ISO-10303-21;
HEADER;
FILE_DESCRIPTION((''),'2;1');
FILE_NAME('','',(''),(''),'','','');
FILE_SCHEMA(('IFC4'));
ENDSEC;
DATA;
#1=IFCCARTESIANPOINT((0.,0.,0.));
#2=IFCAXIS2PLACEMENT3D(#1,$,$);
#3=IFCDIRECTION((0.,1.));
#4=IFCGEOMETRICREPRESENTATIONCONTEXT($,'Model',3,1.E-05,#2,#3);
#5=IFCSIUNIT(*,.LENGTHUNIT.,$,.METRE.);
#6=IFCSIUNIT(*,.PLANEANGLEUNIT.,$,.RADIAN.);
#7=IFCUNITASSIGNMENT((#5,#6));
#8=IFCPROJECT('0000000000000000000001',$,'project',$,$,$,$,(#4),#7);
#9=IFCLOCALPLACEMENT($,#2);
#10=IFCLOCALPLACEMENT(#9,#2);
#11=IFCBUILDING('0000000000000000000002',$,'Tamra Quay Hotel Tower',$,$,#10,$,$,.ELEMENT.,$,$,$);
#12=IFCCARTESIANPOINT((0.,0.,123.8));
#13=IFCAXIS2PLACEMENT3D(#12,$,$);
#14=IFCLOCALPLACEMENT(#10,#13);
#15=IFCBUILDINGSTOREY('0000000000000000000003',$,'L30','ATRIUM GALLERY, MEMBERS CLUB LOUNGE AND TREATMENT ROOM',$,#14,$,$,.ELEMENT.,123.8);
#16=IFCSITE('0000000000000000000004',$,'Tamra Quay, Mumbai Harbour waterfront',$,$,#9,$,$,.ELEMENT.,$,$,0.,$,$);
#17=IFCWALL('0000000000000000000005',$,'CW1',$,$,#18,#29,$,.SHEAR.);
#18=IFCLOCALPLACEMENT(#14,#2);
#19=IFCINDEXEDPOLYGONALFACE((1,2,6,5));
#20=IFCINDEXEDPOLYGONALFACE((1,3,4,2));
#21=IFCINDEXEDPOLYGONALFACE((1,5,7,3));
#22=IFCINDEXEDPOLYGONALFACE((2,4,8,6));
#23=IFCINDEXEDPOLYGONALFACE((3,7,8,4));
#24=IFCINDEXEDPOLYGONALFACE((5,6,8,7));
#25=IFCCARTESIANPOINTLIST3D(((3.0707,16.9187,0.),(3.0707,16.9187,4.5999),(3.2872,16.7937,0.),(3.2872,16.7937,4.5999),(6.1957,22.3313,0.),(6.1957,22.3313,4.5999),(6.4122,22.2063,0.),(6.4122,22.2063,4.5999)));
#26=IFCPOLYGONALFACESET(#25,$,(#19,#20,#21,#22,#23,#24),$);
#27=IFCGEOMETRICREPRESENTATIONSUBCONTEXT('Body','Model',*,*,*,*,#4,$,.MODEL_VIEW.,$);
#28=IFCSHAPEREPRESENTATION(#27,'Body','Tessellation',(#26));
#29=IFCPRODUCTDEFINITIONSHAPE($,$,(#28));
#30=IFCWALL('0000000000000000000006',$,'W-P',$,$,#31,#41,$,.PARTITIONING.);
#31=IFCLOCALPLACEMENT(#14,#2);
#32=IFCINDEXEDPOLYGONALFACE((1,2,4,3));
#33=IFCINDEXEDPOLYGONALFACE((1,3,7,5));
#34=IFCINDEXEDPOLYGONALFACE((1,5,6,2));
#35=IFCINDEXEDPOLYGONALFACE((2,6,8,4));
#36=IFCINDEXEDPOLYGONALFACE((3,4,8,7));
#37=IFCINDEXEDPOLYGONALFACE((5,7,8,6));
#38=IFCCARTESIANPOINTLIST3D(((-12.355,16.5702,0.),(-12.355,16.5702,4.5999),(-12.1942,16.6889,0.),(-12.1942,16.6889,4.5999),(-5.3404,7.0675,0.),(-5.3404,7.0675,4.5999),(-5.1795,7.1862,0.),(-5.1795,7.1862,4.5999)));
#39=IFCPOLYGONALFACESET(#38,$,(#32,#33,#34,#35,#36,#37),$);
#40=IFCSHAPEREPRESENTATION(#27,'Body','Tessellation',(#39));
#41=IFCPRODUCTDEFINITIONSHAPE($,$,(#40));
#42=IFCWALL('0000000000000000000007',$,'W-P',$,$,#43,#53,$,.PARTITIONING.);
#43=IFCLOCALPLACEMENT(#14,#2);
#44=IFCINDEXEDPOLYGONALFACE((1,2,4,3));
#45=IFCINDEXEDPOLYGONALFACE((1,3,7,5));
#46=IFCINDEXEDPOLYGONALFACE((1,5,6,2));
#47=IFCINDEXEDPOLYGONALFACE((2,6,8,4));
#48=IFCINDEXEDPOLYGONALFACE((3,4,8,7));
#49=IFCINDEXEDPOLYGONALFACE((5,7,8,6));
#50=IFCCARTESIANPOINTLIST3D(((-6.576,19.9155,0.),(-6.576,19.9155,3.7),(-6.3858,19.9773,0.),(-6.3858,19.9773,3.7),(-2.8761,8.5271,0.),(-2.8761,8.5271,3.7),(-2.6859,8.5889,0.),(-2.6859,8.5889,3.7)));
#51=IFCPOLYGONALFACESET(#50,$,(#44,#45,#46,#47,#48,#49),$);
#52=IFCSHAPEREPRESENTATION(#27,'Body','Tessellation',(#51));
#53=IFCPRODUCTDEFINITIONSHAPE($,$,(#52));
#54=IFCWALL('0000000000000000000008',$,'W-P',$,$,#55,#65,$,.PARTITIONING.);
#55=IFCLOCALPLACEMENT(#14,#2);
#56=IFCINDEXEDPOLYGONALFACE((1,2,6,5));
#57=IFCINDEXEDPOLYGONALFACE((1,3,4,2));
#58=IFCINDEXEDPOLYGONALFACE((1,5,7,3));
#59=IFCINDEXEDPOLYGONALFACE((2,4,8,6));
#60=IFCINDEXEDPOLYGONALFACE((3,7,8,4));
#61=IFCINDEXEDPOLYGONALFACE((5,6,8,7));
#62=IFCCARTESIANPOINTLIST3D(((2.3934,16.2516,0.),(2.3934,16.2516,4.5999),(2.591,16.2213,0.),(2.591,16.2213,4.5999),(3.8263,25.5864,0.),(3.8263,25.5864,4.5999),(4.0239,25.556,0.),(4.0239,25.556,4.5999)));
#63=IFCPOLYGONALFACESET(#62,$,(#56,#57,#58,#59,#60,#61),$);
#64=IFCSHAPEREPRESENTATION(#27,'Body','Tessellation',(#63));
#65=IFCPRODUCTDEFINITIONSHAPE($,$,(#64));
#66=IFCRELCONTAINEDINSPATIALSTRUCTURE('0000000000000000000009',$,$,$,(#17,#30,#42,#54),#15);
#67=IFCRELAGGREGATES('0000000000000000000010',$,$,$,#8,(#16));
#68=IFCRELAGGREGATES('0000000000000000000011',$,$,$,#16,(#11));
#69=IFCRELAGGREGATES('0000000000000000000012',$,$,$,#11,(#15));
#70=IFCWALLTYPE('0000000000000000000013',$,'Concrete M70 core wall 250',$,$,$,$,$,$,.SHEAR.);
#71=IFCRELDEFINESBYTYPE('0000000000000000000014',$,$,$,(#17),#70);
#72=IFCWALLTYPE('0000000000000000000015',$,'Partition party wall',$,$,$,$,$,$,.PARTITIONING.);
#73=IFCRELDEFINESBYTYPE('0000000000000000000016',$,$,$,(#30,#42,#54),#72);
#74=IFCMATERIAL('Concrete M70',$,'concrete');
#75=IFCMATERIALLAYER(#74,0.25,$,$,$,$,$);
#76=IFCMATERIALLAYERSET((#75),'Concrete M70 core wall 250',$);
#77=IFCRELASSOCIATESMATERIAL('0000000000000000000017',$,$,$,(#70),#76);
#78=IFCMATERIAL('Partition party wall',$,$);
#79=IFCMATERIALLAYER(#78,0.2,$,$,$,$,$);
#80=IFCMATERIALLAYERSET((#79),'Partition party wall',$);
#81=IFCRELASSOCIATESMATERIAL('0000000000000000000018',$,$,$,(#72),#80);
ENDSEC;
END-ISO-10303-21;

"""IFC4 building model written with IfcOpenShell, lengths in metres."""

from ifc_helpers import new_model, si_unit, direction, frame, frame_2d, origin, place, context, subcontext, project, spatial, rectangle, extrude, material, layer, layer_set, type_object, element, save


model = new_model("IFC4")

# Units and contexts
model_context = context("Model", 3, precision=1e-05, world=origin(), true_north=direction((0.0, 1.0)))
body_context = subcontext(model_context, "Body", "Model", "MODEL_VIEW")
ifc_project = project(units=[si_unit("LENGTHUNIT", "METRE"), si_unit("PLANEANGLEUNIT", "RADIAN")], contexts=[model_context])

# Site, building, storey
site_placement = place(None, origin())
site = spatial("IfcSite", under=ifc_project, at=site_placement, Name="Tamra Quay, Mumbai Harbour waterfront", CompositionType="ELEMENT", RefElevation=0.0)
building_placement = place(site_placement, origin())
building = spatial("IfcBuilding", under=site, at=building_placement, Name="Tamra Quay Hotel Tower", CompositionType="ELEMENT")
storey_placement = place(building_placement, frame((0.0, 0.0, 123.8)))
storey = spatial("IfcBuildingStorey", under=building, at=storey_placement, Name="L30", Description="ATRIUM GALLERY, MEMBERS CLUB LOUNGE AND TREATMENT ROOM", CompositionType="ELEMENT", Elevation=123.8)

# Shared definitions
ifc_material_1 = material(Name="Concrete M70", Category="concrete")

# Walls
ifc_layer_1 = layer(ifc_material_1, 0.25)
ifc_layer_set_1 = layer_set([ifc_layer_1], Name="Concrete M70 core wall 250")
wall_type_1 = type_object("IfcWallType", Name="Concrete M70 core wall 250", PredefinedType="SHEAR", material=ifc_layer_set_1)
wall_1_placement = place(storey_placement, frame((3.179, 16.8562, 0.0), z_axis=(0.0, 0.0, 1.0), x_axis=(0.500004, 0.866023, 0.0)))
element("IfcWall", 1, at=wall_1_placement, inside=storey, type_object=wall_type_1, Name="CW1", PredefinedType="SHEAR", context=body_context, shape_type="SweptSolid", body=[
    extrude(rectangle(XDim=6.25, YDim=0.25, at=frame_2d((3.125, 0.0))), origin(), (0.0, 0.0, 1.0), 4.5999),
])
ifc_material_2 = material(Name="Partition party wall")
ifc_layer_2 = layer(ifc_material_2, 0.2)
ifc_layer_set_2 = layer_set([ifc_layer_2], Name="Partition party wall")
wall_type_2 = type_object("IfcWallType", Name="Partition party wall", PredefinedType="PARTITIONING", material=ifc_layer_set_2)
wall_2_placement = place(storey_placement, frame((-12.2747, 16.6296, 0.0), z_axis=(0.0, 0.0, 1.0), x_axis=(0.593894, -0.804543, 0.0)))
element("IfcWall", 2, at=wall_2_placement, inside=storey, type_object=wall_type_2, Name="W-P", PredefinedType="PARTITIONING", context=body_context, shape_type="SweptSolid", body=[
    extrude(rectangle(XDim=11.8113, YDim=0.2, at=frame_2d((5.9058, 0.0))), origin(), (0.0, 0.0, 1.0), 4.5999),
])
wall_3_placement = place(storey_placement, frame((-6.481, 19.9465, 0.0), z_axis=(0.0, 0.0, 1.0), x_axis=(0.308989, -0.951066, 0.0)))
element("IfcWall", 3, at=wall_3_placement, inside=storey, type_object=wall_type_2, Name="W-P", PredefinedType="PARTITIONING", context=body_context, shape_type="SweptSolid", body=[
    extrude(rectangle(XDim=11.9744, YDim=0.2, at=frame_2d((5.9873, 0.0))), origin(), (0.0, 0.0, 1.0), 3.7),
])
wall_4_placement = place(storey_placement, frame((2.4922, 16.2363, 0.0), z_axis=(0.0, 0.0, 1.0), x_axis=(0.151721, 0.988423, 0.0)))
element("IfcWall", 4, at=wall_4_placement, inside=storey, type_object=wall_type_2, Name="W-P", PredefinedType="PARTITIONING", context=body_context, shape_type="SweptSolid", body=[
    extrude(rectangle(XDim=9.4441, YDim=0.2, at=frame_2d((4.7222, 0.0))), origin(), (0.0, 0.0, 1.0), 4.5999),
])

save(model, "model.ifc")
